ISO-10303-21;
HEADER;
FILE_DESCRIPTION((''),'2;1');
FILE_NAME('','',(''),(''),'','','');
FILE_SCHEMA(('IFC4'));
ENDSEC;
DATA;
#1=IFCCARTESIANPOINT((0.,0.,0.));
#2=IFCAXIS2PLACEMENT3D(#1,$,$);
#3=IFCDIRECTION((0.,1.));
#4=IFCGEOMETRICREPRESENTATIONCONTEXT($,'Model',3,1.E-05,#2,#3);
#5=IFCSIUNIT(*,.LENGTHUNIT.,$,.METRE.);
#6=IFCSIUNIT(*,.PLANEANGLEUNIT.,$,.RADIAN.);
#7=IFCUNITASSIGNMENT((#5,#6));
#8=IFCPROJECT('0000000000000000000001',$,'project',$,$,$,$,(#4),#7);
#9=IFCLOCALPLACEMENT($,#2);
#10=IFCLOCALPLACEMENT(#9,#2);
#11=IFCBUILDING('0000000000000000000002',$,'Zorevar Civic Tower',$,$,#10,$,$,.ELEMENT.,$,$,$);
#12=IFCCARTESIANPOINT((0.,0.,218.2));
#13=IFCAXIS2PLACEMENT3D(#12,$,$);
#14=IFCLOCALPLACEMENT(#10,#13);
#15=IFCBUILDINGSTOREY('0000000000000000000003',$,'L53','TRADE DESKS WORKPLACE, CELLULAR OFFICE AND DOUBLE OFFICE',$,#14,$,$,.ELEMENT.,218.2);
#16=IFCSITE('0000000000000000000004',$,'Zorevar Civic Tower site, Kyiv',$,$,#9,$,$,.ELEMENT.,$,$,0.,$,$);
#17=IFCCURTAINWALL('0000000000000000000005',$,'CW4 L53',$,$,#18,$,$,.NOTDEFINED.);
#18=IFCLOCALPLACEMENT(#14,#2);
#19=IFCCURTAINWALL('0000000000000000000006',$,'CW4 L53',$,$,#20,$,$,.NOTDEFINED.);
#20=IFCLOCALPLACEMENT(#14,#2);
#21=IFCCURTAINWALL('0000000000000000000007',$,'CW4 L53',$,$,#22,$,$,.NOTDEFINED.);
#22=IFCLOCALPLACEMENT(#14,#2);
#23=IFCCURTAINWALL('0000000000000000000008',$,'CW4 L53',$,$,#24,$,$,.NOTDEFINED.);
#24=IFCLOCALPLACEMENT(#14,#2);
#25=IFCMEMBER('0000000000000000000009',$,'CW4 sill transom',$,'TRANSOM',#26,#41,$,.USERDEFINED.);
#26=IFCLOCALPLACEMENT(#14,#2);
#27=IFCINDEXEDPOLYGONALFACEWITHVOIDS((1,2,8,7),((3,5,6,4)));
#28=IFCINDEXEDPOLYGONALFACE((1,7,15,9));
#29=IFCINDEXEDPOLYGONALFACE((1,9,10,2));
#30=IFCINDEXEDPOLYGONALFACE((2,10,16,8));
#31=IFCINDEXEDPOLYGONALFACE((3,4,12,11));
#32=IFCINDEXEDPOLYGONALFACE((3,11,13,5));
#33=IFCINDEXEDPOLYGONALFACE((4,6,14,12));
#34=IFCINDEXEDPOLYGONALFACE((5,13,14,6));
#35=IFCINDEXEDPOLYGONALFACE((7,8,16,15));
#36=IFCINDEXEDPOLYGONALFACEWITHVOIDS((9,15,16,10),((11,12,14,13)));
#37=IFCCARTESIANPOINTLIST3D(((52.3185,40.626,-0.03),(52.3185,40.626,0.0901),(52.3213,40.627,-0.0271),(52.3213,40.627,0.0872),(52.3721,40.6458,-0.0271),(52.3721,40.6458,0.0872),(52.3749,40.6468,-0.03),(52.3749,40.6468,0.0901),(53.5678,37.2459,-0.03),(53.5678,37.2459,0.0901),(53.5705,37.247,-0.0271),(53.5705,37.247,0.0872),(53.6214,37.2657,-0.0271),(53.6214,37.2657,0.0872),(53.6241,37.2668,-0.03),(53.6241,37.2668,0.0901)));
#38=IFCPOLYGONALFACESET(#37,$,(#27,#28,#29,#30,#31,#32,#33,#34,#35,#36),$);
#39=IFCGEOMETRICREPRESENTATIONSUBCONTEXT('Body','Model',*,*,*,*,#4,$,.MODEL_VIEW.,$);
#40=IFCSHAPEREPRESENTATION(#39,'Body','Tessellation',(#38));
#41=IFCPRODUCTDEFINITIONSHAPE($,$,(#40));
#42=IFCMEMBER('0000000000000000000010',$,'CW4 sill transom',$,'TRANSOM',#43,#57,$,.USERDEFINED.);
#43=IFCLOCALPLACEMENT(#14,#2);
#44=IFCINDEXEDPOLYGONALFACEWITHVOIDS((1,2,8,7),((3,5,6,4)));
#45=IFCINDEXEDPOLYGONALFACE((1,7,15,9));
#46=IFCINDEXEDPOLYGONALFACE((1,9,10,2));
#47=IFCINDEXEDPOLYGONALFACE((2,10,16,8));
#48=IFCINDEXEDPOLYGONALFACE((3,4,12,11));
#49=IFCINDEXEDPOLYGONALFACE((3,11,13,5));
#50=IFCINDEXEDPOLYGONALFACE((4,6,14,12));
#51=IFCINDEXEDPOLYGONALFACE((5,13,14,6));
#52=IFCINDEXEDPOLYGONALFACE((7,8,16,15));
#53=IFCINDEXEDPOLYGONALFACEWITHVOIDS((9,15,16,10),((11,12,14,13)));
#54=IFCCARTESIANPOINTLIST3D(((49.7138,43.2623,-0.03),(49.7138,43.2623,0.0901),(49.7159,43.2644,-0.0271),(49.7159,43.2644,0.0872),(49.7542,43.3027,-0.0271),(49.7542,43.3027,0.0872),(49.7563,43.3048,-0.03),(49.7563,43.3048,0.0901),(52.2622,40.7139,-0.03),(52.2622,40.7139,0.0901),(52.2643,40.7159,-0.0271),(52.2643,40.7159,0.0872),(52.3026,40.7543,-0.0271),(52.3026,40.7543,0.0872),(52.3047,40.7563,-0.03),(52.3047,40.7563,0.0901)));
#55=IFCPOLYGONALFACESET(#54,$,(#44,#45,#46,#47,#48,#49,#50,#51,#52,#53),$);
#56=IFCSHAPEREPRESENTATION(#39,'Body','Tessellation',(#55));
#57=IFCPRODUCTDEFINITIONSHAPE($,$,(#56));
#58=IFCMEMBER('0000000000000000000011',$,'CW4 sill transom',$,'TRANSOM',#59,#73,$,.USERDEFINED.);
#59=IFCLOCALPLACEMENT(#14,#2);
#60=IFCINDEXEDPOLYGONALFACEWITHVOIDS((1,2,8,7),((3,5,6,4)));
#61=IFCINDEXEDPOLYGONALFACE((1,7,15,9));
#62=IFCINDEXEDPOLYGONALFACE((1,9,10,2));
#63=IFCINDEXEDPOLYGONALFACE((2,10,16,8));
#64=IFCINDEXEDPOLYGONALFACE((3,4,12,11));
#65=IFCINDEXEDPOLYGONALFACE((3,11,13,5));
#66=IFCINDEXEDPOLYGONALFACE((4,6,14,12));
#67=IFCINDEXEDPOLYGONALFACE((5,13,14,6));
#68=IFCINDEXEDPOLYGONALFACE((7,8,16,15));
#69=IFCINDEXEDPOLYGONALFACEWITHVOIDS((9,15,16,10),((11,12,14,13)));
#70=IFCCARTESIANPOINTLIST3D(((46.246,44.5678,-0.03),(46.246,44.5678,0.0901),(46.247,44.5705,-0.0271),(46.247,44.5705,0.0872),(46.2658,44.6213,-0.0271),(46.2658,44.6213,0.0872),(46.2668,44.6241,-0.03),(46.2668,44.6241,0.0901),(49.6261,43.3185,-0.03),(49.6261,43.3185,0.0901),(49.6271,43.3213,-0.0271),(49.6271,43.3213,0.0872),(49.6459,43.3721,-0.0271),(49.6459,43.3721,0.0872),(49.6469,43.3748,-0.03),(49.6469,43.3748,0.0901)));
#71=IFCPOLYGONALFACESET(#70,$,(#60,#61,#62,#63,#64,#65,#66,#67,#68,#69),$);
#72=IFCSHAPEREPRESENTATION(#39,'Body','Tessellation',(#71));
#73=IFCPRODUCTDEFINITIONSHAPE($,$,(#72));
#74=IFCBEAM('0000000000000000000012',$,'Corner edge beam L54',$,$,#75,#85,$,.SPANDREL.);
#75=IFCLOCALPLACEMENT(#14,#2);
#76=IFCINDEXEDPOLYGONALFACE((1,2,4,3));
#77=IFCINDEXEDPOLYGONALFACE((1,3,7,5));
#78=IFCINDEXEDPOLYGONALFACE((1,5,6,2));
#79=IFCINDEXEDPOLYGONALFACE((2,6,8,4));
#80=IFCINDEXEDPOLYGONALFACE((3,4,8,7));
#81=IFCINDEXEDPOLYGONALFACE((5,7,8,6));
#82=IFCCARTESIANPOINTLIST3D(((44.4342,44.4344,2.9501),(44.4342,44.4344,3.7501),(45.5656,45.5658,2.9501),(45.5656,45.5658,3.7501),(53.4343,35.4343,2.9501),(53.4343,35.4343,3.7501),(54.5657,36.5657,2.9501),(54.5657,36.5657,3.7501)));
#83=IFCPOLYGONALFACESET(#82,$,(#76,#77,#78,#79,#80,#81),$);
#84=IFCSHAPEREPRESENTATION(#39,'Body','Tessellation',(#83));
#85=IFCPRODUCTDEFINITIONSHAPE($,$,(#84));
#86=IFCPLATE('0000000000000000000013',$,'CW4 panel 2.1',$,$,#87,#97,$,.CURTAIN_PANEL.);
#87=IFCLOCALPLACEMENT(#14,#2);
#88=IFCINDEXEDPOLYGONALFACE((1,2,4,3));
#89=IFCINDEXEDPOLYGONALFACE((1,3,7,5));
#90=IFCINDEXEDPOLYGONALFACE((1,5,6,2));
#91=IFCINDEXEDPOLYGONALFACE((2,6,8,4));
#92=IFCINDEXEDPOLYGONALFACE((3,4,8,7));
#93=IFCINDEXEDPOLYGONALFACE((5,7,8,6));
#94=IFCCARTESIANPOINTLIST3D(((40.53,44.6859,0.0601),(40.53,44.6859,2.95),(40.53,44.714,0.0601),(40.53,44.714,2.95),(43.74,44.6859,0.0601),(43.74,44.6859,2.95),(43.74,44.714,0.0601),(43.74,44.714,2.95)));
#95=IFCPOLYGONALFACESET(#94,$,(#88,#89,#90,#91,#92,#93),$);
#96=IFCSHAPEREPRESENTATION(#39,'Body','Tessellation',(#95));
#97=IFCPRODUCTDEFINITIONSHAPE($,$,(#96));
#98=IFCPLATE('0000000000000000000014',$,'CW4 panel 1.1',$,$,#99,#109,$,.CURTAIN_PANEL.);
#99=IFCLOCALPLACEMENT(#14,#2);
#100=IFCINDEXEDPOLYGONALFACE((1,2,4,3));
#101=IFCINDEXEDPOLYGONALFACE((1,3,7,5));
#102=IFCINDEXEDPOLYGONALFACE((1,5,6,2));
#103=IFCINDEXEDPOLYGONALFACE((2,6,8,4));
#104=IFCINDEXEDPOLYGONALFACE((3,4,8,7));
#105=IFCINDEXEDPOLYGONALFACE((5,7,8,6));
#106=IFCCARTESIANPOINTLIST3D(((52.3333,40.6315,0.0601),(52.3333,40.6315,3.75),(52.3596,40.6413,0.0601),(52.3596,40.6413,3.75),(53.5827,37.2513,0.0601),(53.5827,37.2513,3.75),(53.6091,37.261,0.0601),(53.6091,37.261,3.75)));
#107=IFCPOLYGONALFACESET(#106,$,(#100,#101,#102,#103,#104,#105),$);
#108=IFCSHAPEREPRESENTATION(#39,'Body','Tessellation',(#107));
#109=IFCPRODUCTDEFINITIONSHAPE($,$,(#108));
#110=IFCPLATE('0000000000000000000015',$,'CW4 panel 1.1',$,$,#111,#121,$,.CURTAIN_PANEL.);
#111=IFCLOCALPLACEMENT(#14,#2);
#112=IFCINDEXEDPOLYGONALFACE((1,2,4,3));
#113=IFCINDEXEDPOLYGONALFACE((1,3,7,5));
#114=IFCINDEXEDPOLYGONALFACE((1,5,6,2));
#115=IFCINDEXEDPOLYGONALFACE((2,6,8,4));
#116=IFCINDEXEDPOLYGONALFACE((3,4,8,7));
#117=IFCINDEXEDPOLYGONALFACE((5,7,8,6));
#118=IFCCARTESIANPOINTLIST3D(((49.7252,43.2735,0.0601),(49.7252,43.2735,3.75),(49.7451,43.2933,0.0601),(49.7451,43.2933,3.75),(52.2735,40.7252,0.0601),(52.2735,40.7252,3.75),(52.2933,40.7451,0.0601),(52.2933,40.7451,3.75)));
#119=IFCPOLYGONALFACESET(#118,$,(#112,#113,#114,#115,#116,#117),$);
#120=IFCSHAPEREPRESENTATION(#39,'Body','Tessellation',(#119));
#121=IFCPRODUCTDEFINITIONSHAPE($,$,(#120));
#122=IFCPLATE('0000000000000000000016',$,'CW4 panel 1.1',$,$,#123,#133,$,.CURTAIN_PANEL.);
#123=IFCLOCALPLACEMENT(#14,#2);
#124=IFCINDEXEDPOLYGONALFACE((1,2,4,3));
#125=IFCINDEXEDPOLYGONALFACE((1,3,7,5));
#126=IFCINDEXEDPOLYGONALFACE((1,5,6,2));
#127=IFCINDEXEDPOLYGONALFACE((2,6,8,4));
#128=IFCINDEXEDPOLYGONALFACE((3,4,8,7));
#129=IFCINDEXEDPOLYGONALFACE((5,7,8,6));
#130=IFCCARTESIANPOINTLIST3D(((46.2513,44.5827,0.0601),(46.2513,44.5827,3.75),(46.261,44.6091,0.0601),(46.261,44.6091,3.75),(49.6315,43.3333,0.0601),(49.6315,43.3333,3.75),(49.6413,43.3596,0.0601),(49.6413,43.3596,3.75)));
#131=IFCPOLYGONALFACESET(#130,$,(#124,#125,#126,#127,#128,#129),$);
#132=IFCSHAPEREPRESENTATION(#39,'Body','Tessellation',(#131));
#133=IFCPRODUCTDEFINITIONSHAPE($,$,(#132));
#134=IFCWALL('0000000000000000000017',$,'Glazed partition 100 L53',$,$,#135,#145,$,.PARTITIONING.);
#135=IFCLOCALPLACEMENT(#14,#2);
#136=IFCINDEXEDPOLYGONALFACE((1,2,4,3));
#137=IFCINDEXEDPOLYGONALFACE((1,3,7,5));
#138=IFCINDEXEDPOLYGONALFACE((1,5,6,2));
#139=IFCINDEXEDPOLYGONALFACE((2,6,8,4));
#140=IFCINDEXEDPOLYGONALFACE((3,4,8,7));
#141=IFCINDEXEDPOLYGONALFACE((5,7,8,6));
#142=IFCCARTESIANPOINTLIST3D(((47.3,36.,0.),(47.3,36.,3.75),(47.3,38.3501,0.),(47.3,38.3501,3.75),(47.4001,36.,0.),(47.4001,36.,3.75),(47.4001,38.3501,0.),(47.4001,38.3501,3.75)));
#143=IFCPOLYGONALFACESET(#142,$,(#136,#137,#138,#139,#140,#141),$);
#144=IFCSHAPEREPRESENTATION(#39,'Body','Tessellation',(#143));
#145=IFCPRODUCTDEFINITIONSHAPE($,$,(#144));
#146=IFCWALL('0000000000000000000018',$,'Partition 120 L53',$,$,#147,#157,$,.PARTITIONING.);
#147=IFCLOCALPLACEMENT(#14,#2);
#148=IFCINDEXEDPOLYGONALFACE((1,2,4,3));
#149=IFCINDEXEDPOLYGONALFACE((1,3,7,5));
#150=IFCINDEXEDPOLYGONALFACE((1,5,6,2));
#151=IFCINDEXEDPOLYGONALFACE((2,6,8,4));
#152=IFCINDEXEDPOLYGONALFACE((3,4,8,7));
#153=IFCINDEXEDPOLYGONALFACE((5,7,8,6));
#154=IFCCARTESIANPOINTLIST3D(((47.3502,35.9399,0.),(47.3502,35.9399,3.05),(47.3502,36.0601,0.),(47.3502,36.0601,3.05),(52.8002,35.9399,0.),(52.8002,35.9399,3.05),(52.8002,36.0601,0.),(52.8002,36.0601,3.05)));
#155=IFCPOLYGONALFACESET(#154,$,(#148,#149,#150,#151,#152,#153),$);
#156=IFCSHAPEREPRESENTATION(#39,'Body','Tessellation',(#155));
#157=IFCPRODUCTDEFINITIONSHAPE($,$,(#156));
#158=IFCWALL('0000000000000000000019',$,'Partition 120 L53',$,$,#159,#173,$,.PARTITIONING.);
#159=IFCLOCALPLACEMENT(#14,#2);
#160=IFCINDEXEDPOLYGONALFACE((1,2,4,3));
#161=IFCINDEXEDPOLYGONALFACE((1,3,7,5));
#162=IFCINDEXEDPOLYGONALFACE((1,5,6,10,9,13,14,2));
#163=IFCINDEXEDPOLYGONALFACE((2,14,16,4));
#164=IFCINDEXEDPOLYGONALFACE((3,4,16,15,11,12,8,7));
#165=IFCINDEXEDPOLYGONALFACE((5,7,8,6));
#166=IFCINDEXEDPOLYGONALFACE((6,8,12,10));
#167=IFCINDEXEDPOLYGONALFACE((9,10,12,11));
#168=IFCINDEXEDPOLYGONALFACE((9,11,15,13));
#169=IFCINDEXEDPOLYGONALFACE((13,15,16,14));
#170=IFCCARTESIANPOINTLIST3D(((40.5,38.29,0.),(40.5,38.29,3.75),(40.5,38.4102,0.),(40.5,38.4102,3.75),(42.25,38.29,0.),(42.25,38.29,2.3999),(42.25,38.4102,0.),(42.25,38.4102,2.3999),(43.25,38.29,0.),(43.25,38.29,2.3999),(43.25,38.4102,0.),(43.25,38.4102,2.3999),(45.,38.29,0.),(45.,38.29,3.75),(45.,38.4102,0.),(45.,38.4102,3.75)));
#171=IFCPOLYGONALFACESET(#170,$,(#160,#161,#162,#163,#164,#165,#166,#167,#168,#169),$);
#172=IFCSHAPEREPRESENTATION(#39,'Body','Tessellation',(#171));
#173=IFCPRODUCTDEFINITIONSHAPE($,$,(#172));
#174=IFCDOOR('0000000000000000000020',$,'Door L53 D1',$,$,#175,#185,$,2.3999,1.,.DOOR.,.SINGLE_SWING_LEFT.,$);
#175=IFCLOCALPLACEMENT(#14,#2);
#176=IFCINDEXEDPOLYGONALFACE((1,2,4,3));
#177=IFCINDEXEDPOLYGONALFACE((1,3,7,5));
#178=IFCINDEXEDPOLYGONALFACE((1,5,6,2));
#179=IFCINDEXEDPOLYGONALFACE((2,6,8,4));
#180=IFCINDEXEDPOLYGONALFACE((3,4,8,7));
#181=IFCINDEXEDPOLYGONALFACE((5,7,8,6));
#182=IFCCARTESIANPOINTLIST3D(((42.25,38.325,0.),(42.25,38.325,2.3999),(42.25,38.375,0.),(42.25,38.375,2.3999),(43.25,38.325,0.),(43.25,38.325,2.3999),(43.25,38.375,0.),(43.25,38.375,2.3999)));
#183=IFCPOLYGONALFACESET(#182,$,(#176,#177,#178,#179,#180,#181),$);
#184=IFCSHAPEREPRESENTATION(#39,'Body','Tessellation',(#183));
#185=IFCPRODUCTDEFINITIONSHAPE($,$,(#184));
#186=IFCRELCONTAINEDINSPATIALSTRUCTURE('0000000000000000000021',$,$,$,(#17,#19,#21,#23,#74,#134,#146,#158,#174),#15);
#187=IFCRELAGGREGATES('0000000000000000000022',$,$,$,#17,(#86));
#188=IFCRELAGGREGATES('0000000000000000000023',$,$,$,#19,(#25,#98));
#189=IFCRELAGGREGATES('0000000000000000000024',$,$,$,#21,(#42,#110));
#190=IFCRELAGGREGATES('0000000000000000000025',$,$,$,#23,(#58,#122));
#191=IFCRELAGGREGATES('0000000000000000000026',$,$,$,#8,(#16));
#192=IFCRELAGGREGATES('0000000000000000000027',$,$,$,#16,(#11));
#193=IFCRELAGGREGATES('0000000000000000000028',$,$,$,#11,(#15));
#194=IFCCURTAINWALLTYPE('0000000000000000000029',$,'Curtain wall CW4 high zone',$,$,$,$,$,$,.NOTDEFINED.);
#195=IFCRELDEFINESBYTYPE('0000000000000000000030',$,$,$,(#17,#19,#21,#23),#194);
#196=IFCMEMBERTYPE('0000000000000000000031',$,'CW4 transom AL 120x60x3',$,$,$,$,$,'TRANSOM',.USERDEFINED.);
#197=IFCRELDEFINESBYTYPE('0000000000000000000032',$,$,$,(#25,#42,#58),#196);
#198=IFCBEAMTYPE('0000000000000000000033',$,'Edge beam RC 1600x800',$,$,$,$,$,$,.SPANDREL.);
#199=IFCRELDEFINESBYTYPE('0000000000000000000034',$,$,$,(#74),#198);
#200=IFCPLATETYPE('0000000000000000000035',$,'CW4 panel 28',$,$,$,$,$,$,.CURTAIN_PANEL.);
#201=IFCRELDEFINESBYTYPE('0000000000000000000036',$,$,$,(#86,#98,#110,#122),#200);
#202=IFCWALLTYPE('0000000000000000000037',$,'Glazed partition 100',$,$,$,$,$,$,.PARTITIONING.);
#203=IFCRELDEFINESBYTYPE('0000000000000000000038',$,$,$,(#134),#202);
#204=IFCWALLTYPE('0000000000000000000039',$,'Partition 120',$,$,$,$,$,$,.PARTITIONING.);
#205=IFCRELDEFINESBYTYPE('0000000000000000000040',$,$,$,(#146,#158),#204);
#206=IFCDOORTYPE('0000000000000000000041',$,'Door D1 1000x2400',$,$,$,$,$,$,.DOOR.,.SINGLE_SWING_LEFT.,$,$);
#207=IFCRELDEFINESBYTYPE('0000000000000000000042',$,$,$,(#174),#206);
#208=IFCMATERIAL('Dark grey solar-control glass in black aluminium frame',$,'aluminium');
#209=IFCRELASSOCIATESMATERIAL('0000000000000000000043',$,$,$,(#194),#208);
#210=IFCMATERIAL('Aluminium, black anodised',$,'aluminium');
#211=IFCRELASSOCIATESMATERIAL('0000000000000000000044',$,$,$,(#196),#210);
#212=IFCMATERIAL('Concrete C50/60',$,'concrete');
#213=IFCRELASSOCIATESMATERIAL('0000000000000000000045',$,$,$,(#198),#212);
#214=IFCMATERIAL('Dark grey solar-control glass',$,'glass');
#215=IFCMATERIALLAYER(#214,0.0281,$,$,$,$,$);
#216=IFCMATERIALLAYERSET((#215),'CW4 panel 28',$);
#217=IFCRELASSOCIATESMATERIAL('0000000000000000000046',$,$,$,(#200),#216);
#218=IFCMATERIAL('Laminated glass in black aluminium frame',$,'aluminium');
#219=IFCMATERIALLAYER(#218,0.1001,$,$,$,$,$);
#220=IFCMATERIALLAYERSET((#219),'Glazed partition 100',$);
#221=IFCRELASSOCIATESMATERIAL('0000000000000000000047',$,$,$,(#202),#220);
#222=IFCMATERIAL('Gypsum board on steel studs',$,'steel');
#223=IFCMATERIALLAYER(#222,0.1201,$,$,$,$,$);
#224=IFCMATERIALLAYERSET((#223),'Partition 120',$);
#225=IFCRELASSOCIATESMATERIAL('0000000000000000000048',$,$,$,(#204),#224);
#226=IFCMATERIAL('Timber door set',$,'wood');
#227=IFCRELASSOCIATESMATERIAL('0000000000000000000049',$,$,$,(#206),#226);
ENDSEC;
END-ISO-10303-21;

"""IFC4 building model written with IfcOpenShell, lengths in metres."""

from ifc_helpers import new_model, si_unit, direction, frame, frame_2d, origin, origin_2d, place, context, subcontext, project, spatial, rectangle, hollow_rectangle, extrude, material, layer, layer_set, material_profile, profile_set, type_object, element, fill, aggregate, save


model = new_model("IFC4")

# Units and contexts
model_context = context("Model", 3, precision=1e-05, world=origin(), true_north=direction((0.0, 1.0)))
body_context = subcontext(model_context, "Body", "Model", "MODEL_VIEW")
ifc_project = project(units=[si_unit("LENGTHUNIT", "METRE"), si_unit("PLANEANGLEUNIT", "RADIAN")], contexts=[model_context])

# Site, building, storey
site_placement = place(None, origin())
site = spatial("IfcSite", under=ifc_project, at=site_placement, Name="Zorevar Civic Tower site, Kyiv", CompositionType="ELEMENT", RefElevation=0.0)
building_placement = place(site_placement, origin())
building = spatial("IfcBuilding", under=site, at=building_placement, Name="Zorevar Civic Tower", CompositionType="ELEMENT")
storey_placement = place(building_placement, frame((0.0, 0.0, 218.2)))
storey = spatial("IfcBuildingStorey", under=building, at=storey_placement, Name="L53", Description="TRADE DESKS WORKPLACE, CELLULAR OFFICE AND DOUBLE OFFICE", CompositionType="ELEMENT", Elevation=218.2)

# Curtain walls
ifc_material_1 = material(Name="Dark grey solar-control glass in black aluminium frame", Category="aluminium")
curtain_wall_type = type_object("IfcCurtainWallType", Name="Curtain wall CW4 high zone", PredefinedType="NOTDEFINED", material=ifc_material_1)
curtain_wall_1_placement = place(storey_placement, origin())
curtain_wall_1 = element("IfcCurtainWall", 1, at=curtain_wall_1_placement, inside=storey, type_object=curtain_wall_type, Name="CW4 L53", PredefinedType="NOTDEFINED")
curtain_wall_2_placement = place(storey_placement, origin())
curtain_wall_2 = element("IfcCurtainWall", 2, at=curtain_wall_2_placement, inside=storey, type_object=curtain_wall_type, Name="CW4 L53", PredefinedType="NOTDEFINED")
curtain_wall_3_placement = place(storey_placement, origin())
curtain_wall_3 = element("IfcCurtainWall", 3, at=curtain_wall_3_placement, inside=storey, type_object=curtain_wall_type, Name="CW4 L53", PredefinedType="NOTDEFINED")
curtain_wall_4_placement = place(storey_placement, origin())
curtain_wall_4 = element("IfcCurtainWall", 4, at=curtain_wall_4_placement, inside=storey, type_object=curtain_wall_type, Name="CW4 L53", PredefinedType="NOTDEFINED")

# Members
ifc_material_2 = material(Name="Aluminium, black anodised", Category="aluminium")
ifc_material_profile_1 = material_profile(ifc_material_2, hollow_rectangle(XDim=0.0601, YDim=0.1201, WallThickness=0.0029, at=origin_2d()), Name="AL 120x60x3")
ifc_profile_set_1 = profile_set([ifc_material_profile_1], Name="Aluminium, black anodised")
member_type_1 = type_object("IfcMemberType", Name="CW4 transom AL 120x60x3", ElementType="TRANSOM", PredefinedType="USERDEFINED", material=ifc_profile_set_1)
member_1_placement = place(storey_placement, frame((53.5959, 37.2563, 0.03), z_axis=(-0.346672, 0.937986, 0.0), x_axis=(-0.937986, -0.346672, 0.0)))
member_1 = element("IfcMember", 5, at=member_1_placement, type_object=member_type_1, Name="CW4 sill transom", ObjectType="TRANSOM", PredefinedType="USERDEFINED", context=body_context, shape_type="SweptSolid", body=[
    extrude(hollow_rectangle(XDim=0.0601, YDim=0.1201, WallThickness=0.0029, at=origin_2d()), origin(), (0.0, 0.0, 1.0), 3.6035),
])
member_2_placement = place(storey_placement, frame((52.2834, 40.7351, 0.03), z_axis=(-0.707107, 0.707107, 0.0), x_axis=(-0.707107, -0.707107, 0.0)))
member_2 = element("IfcMember", 6, at=member_2_placement, type_object=member_type_1, Name="CW4 sill transom", ObjectType="TRANSOM", PredefinedType="USERDEFINED", context=body_context, shape_type="SweptSolid", body=[
    extrude(hollow_rectangle(XDim=0.0601, YDim=0.1201, WallThickness=0.0029, at=origin_2d()), origin(), (0.0, 0.0, 1.0), 3.604),
])
member_3_placement = place(storey_placement, frame((49.6365, 43.3467, 0.03), z_axis=(-0.937986, 0.346672, 0.0), x_axis=(-0.346672, -0.937986, 0.0)))
member_3 = element("IfcMember", 7, at=member_3_placement, type_object=member_type_1, Name="CW4 sill transom", ObjectType="TRANSOM", PredefinedType="USERDEFINED", context=body_context, shape_type="SweptSolid", body=[
    extrude(hollow_rectangle(XDim=0.0601, YDim=0.1201, WallThickness=0.0029, at=origin_2d()), origin(), (0.0, 0.0, 1.0), 3.6035),
])

# Beam
ifc_material_3 = material(Name="Concrete C50/60", Category="concrete")
ifc_material_profile_2 = material_profile(ifc_material_3, rectangle(XDim=1.6001, YDim=0.8, at=origin_2d()), Name="RC 1600x800")
ifc_profile_set_2 = profile_set([ifc_material_profile_2], Name="Concrete C50/60")
beam_type_1 = type_object("IfcBeamType", Name="Edge beam RC 1600x800", PredefinedType="SPANDREL", material=ifc_profile_set_2)
beam_1_placement = place(storey_placement, frame((54.0, 36.0, 3.3501), z_axis=(-0.707107, 0.707107, 0.0), x_axis=(-0.707107, -0.707107, 0.0)))
element("IfcBeam", 8, at=beam_1_placement, inside=storey, type_object=beam_type_1, Name="Corner edge beam L54", PredefinedType="SPANDREL", context=body_context, shape_type="SweptSolid", body=[
    extrude(rectangle(XDim=1.6001, YDim=0.8, at=origin_2d()), origin(), (0.0, 0.0, 1.0), 12.728),
])

# Plates
ifc_material_4 = material(Name="Dark grey solar-control glass", Category="glass")
ifc_layer_1 = layer(ifc_material_4, 0.0281)
ifc_layer_set_1 = layer_set([ifc_layer_1], Name="CW4 panel 28")
plate_type = type_object("IfcPlateType", Name="CW4 panel 28", PredefinedType="CURTAIN_PANEL", material=ifc_layer_set_1)
plate_1_placement = place(storey_placement, frame((42.135, 44.7, 0.0601), z_axis=(0.0, 0.0, 1.0), x_axis=(1.0, 0.0, 0.0)))
plate_1 = element("IfcPlate", 9, at=plate_1_placement, type_object=plate_type, Name="CW4 panel 2.1", PredefinedType="CURTAIN_PANEL", context=body_context, shape_type="SweptSolid", body=[
    extrude(rectangle(XDim=3.21, YDim=0.0281, at=origin_2d()), origin(), (0.0, 0.0, 1.0), 2.8899),
])
aggregate(curtain_wall_1, [plate_1])
plate_2_placement = place(storey_placement, frame((52.9712, 38.9463, 0.0601), z_axis=(0.0, 0.0, 1.0), x_axis=(-0.346704, 0.937975, 0.0)))
plate_2 = element("IfcPlate", 10, at=plate_2_placement, type_object=plate_type, Name="CW4 panel 1.1", PredefinedType="CURTAIN_PANEL", context=body_context, shape_type="SweptSolid", body=[
    extrude(rectangle(XDim=3.6038, YDim=0.0281, at=origin_2d()), origin(), (0.0, 0.0, 1.0), 3.6899),
])
aggregate(curtain_wall_2, [member_1, plate_2])
plate_3_placement = place(storey_placement, frame((51.0093, 42.0093, 0.0601), z_axis=(0.0, 0.0, 1.0), x_axis=(-0.707107, 0.707107, 0.0)))
plate_3 = element("IfcPlate", 11, at=plate_3_placement, type_object=plate_type, Name="CW4 panel 1.1", PredefinedType="CURTAIN_PANEL", context=body_context, shape_type="SweptSolid", body=[
    extrude(rectangle(XDim=3.6038, YDim=0.0281, at=origin_2d()), origin(), (0.0, 0.0, 1.0), 3.6899),
])
aggregate(curtain_wall_3, [member_2, plate_3])
plate_4_placement = place(storey_placement, frame((47.9463, 43.9712, 0.0601), z_axis=(0.0, 0.0, 1.0), x_axis=(-0.937975, 0.346704, 0.0)))
plate_4 = element("IfcPlate", 12, at=plate_4_placement, type_object=plate_type, Name="CW4 panel 1.1", PredefinedType="CURTAIN_PANEL", context=body_context, shape_type="SweptSolid", body=[
    extrude(rectangle(XDim=3.6038, YDim=0.0281, at=origin_2d()), origin(), (0.0, 0.0, 1.0), 3.6899),
])
aggregate(curtain_wall_4, [member_3, plate_4])

# Shared definitions
ifc_material_5 = material(Name="Laminated glass in black aluminium frame", Category="aluminium")
ifc_layer_2 = layer(ifc_material_5, 0.1001)
ifc_layer_set_2 = layer_set([ifc_layer_2], Name="Glazed partition 100")
wall_type_1 = type_object("IfcWallType", Name="Glazed partition 100", PredefinedType="PARTITIONING", material=ifc_layer_set_2)

# Walls
wall_1_placement = place(storey_placement, frame((47.3501, 36.0, 0.0), z_axis=(0.0, 0.0, 1.0), x_axis=(0.0, 1.0, 0.0)))
element("IfcWall", 13, at=wall_1_placement, inside=storey, type_object=wall_type_1, Name="Glazed partition 100 L53", PredefinedType="PARTITIONING", context=body_context, shape_type="SweptSolid", body=[
    extrude(rectangle(XDim=2.3501, YDim=0.1001, at=frame_2d((1.175, 0.0))), origin(), (0.0, 0.0, 1.0), 3.75),
])
ifc_material_6 = material(Name="Gypsum board on steel studs", Category="steel")
ifc_layer_3 = layer(ifc_material_6, 0.1201)
ifc_layer_set_3 = layer_set([ifc_layer_3], Name="Partition 120")
wall_type_2 = type_object("IfcWallType", Name="Partition 120", PredefinedType="PARTITIONING", material=ifc_layer_set_3)
wall_2_placement = place(storey_placement, frame((47.3501, 36.0, 0.0), z_axis=(0.0, 0.0, 1.0), x_axis=(1.0, 0.0, 0.0)))
element("IfcWall", 14, at=wall_2_placement, inside=storey, type_object=wall_type_2, Name="Partition 120 L53", PredefinedType="PARTITIONING", context=body_context, shape_type="SweptSolid", body=[
    extrude(rectangle(XDim=5.45, YDim=0.1201, at=frame_2d((2.7251, 0.0))), origin(), (0.0, 0.0, 1.0), 3.05),
])

# Wall, opening, door
wall_3_placement = place(storey_placement, frame((40.5, 38.3501, 0.0), z_axis=(0.0, 0.0, 1.0), x_axis=(1.0, 0.0, 0.0)))
wall_3 = element("IfcWall", 15, at=wall_3_placement, inside=storey, type_object=wall_type_2, Name="Partition 120 L53", PredefinedType="PARTITIONING", context=body_context, shape_type="SweptSolid", body=[
    extrude(rectangle(XDim=4.5, YDim=0.1201, at=frame_2d((2.25, 0.0))), origin(), (0.0, 0.0, 1.0), 3.75),
])
opening_1_placement = place(wall_3_placement, frame((1.75, 0.0, 0.0)))
opening_1 = element("IfcOpeningElement", 16, at=opening_1_placement, cuts=wall_3, PredefinedType="OPENING", context=body_context, shape_type="SweptSolid", body=[
    extrude(rectangle(XDim=1.0, YDim=2.3999, at=frame_2d((0.5, 1.2))), frame((0.0, 0.0701, 0.0), z_axis=(0.0, -1.0, 0.0), x_axis=(1.0, 0.0, 0.0)), (0.0, 0.0, 1.0), 0.1401),
])
ifc_material_7 = material(Name="Timber door set", Category="wood")
door_type_1 = type_object("IfcDoorType", Name="Door D1 1000x2400", OperationType="SINGLE_SWING_LEFT", PredefinedType="DOOR", material=ifc_material_7)
door_1_placement = place(opening_1_placement, origin())
door_1 = element("IfcDoor", 17, at=door_1_placement, inside=storey, type_object=door_type_1, Name="Door L53 D1", OperationType="SINGLE_SWING_LEFT", OverallHeight=2.3999, OverallWidth=1.0, PredefinedType="DOOR", context=body_context, shape_type="SweptSolid", body=[
    extrude(rectangle(XDim=1.0, YDim=2.3999, at=frame_2d((0.5, 1.2))), frame((0.0, 0.0249, 0.0), z_axis=(0.0, -1.0, 0.0), x_axis=(1.0, 0.0, 0.0)), (0.0, 0.0, 1.0), 0.05),
])
fill(opening_1, door_1)

save(model, "model.ifc")
